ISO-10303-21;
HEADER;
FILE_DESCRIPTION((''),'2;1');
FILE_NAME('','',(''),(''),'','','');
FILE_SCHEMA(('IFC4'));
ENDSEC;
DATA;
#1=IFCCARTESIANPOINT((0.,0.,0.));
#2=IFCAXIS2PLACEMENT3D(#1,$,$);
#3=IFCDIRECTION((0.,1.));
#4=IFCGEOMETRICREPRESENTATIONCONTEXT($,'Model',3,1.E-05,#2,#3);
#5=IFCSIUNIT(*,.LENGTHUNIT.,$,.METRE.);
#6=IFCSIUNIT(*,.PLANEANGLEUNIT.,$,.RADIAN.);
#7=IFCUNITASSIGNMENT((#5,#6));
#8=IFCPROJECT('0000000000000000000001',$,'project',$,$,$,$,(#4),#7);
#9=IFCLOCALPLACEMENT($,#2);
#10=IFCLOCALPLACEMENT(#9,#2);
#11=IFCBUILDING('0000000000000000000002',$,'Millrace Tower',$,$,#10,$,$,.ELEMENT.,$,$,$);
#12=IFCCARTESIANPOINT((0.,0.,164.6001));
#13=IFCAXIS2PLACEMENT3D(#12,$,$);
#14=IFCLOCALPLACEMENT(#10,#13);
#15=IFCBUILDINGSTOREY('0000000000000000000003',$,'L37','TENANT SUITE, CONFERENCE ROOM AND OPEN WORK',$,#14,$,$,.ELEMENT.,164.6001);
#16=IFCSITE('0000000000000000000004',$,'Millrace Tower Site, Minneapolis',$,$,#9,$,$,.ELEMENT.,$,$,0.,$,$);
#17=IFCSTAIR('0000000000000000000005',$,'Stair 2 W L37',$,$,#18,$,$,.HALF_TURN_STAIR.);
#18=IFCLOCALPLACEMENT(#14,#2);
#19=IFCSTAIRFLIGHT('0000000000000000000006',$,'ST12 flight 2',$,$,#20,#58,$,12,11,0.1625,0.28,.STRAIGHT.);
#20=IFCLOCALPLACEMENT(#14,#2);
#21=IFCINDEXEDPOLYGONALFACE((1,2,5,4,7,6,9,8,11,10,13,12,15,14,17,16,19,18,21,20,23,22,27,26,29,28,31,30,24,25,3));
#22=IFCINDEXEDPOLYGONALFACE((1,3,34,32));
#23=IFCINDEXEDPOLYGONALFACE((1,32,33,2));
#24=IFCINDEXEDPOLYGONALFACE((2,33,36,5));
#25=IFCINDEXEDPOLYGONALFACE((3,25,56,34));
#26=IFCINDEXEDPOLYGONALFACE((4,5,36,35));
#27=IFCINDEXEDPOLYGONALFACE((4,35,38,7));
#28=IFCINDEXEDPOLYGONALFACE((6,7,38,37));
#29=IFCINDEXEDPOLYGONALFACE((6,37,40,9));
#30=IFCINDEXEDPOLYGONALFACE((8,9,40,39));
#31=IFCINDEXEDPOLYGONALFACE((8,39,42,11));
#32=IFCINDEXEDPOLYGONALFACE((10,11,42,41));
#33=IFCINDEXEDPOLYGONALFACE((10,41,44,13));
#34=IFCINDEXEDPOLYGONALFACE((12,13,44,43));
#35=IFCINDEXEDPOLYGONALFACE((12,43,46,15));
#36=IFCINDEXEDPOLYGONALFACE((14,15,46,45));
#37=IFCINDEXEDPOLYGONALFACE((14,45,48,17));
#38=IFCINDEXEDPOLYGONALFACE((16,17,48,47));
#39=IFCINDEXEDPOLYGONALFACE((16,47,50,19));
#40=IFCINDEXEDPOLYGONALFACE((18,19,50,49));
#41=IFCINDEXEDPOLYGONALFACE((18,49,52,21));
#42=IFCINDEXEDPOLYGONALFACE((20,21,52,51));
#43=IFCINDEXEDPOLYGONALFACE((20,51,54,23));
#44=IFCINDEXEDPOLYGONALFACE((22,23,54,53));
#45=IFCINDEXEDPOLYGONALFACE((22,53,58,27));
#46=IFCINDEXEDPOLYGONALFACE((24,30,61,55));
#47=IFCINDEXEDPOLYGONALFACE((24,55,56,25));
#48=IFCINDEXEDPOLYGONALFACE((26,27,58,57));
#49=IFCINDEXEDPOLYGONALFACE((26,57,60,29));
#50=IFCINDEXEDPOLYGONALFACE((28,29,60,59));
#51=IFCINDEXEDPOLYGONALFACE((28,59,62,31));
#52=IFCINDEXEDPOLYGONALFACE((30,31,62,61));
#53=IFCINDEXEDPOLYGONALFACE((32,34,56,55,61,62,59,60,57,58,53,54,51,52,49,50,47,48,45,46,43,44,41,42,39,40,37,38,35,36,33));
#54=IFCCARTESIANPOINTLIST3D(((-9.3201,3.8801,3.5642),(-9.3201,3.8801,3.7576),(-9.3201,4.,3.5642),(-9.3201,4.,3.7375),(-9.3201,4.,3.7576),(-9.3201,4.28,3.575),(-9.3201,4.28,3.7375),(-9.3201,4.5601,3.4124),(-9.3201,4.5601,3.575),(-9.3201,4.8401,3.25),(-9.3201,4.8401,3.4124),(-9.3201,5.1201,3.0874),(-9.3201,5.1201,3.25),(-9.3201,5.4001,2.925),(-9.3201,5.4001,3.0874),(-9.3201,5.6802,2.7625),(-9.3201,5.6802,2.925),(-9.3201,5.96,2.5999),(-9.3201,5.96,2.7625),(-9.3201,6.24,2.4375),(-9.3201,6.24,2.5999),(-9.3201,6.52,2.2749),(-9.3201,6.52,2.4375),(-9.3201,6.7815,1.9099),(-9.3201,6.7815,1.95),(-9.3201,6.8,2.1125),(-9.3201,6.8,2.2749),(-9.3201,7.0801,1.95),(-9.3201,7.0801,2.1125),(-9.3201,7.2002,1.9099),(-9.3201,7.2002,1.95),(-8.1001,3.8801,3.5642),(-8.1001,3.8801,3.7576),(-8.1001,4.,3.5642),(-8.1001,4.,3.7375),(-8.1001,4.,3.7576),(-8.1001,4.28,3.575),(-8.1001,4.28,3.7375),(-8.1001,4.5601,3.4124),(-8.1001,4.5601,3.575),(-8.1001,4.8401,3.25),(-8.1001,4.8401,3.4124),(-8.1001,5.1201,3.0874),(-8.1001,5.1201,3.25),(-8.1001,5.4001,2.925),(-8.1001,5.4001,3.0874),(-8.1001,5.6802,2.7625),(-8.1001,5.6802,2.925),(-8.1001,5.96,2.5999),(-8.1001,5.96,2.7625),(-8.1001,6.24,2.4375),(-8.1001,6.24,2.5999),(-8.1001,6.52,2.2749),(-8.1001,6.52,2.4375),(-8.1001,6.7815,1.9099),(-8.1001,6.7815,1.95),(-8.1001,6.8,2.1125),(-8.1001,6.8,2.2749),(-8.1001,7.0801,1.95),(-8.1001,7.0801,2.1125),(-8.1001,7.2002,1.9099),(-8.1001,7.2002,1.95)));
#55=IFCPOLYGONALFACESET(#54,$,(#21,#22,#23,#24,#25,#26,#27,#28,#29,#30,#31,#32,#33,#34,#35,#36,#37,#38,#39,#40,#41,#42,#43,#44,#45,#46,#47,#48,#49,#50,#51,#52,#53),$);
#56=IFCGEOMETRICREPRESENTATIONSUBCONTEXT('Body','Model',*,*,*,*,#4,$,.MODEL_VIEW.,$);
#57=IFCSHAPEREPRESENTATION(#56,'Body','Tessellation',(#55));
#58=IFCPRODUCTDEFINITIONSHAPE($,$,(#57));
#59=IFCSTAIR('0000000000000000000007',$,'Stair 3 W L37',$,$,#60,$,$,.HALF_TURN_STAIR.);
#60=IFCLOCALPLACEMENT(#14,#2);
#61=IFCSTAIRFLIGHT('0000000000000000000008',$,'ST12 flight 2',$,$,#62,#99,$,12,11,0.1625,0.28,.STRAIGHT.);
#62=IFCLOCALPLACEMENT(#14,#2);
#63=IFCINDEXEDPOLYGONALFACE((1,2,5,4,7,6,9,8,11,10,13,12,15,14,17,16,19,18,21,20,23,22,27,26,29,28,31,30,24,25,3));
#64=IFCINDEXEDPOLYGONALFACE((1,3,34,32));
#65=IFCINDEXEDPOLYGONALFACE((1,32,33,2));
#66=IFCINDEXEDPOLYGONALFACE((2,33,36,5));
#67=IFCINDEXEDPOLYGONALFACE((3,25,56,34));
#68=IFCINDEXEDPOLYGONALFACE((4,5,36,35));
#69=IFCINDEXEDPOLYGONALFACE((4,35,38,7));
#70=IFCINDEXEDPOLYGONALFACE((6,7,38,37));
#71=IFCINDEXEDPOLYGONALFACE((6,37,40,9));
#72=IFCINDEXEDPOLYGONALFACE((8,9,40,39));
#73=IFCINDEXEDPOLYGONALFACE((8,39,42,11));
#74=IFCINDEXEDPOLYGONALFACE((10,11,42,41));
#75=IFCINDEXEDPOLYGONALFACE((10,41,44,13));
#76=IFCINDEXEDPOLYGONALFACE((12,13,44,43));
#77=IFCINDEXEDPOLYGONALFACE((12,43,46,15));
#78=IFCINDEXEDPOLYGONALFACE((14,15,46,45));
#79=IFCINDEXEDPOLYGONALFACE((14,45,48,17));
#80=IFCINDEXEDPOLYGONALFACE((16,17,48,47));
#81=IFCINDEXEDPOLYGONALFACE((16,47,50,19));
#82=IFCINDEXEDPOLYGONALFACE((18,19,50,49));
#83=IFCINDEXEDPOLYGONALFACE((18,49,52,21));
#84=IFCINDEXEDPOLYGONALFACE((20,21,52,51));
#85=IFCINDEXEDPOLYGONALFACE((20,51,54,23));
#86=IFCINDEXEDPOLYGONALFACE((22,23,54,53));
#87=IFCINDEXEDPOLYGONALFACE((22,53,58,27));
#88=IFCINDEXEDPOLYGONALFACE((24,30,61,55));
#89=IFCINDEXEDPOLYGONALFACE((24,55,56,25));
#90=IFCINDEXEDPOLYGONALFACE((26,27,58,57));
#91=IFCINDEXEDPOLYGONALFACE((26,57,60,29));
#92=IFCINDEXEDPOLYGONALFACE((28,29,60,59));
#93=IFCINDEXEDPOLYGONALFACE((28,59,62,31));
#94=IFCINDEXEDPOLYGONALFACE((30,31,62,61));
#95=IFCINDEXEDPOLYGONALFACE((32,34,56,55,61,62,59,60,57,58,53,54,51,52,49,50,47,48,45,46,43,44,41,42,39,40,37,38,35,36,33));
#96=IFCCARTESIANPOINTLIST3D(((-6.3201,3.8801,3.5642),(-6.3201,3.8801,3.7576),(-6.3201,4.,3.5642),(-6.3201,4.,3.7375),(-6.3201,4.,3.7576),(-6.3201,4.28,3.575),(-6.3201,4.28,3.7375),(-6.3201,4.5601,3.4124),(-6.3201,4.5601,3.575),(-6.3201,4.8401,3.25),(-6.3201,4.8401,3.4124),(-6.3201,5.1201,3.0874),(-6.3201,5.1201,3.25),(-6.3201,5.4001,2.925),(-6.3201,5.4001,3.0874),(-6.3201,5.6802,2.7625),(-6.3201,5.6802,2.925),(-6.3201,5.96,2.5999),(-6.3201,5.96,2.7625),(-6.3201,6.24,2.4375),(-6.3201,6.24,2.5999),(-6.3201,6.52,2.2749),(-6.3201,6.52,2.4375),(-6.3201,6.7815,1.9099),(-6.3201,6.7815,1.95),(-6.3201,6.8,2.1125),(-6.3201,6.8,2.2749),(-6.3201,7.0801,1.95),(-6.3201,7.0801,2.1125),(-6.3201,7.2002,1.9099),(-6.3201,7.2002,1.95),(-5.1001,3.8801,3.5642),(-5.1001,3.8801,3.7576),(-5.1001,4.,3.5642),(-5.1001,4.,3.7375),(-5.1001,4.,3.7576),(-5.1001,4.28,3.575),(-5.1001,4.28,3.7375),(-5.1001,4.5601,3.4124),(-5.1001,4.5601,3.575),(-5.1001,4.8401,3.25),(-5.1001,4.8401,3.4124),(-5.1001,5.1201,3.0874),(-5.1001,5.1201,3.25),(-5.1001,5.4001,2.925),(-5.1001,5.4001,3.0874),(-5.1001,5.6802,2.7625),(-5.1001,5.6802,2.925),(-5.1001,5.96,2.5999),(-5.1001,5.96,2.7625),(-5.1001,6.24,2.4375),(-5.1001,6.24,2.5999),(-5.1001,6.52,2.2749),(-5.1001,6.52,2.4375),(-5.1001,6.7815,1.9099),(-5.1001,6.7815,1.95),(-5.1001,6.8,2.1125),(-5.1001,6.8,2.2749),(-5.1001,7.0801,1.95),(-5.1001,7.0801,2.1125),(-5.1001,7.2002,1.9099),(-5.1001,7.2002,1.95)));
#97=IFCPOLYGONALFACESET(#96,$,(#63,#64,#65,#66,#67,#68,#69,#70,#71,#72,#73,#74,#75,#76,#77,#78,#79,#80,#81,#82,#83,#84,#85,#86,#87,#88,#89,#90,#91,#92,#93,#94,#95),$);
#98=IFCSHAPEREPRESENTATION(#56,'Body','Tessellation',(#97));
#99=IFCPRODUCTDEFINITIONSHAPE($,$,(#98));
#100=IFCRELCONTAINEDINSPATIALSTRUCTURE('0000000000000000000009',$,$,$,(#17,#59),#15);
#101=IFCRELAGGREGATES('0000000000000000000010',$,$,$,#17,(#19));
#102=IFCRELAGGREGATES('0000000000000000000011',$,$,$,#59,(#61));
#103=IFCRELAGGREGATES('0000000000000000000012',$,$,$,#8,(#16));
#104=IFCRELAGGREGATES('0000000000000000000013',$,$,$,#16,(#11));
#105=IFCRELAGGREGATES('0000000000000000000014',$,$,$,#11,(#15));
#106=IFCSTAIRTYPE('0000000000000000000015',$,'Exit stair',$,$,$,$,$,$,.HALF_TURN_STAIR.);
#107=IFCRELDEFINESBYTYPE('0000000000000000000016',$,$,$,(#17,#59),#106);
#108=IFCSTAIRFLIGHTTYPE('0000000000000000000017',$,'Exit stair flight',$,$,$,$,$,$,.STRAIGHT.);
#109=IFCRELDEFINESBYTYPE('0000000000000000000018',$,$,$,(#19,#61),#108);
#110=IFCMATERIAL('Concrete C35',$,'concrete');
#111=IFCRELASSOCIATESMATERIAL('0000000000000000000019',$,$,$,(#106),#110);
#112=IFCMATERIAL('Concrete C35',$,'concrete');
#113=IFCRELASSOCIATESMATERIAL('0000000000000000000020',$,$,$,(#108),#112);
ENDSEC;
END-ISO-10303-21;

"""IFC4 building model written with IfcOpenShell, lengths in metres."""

from ifc_helpers import new_model, si_unit, direction, frame, origin, place, context, subcontext, project, spatial, polyline, outline, extrude, material, type_object, element, aggregate, save


model = new_model("IFC4")

# Units and contexts
model_context = context("Model", 3, precision=1e-05, world=origin(), true_north=direction((0.0, 1.0)))
body_context = subcontext(model_context, "Body", "Model", "MODEL_VIEW")
ifc_project = project(units=[si_unit("LENGTHUNIT", "METRE"), si_unit("PLANEANGLEUNIT", "RADIAN")], contexts=[model_context])

# Site, building, storey
site_placement = place(None, origin())
site = spatial("IfcSite", under=ifc_project, at=site_placement, Name="Millrace Tower Site, Minneapolis", CompositionType="ELEMENT", RefElevation=0.0)
building_placement = place(site_placement, origin())
building = spatial("IfcBuilding", under=site, at=building_placement, Name="Millrace Tower", CompositionType="ELEMENT")
storey_placement = place(building_placement, frame((0.0, 0.0, 164.6001)))
storey = spatial("IfcBuildingStorey", under=building, at=storey_placement, Name="L37", Description="TENANT SUITE, CONFERENCE ROOM AND OPEN WORK", CompositionType="ELEMENT", Elevation=164.6001)

# Shared definitions
placement = place(storey_placement, origin())

# Stairs, stair flights
ifc_material_1 = material(Name="Concrete C35", Category="concrete")
stair_type = type_object("IfcStairType", Name="Exit stair", PredefinedType="HALF_TURN_STAIR", material=ifc_material_1)
ifc_material_2 = material(Name="Concrete C35", Category="concrete")
stair_flight_type = type_object("IfcStairFlightType", Name="Exit stair flight", PredefinedType="STRAIGHT", material=ifc_material_2)
stair_1 = element("IfcStair", 1, at=placement, inside=storey, type_object=stair_type, Name="Stair 2 W L37", PredefinedType="HALF_TURN_STAIR")
stair_flight_1_placement = place(storey_placement, frame((-8.71, 7.0801, 1.95), z_axis=(0.0, 0.0, 1.0), x_axis=(0.0, -1.0, 0.0)))
stair_flight_1 = element("IfcStairFlight", 2, at=stair_flight_1_placement, type_object=stair_flight_type, Name="ST12 flight 2", NumberOfRisers=12, NumberOfTreads=11, PredefinedType="STRAIGHT", RiserHeight=0.1625, TreadLength=0.28, context=body_context, shape_type="SweptSolid", body=[
    extrude(outline(polyline([(-0.1201, -0.04), (-0.1201, 0.0), (0.0, 0.0), (0.0, 0.1626), (0.28, 0.1626), (0.28, 0.325), (0.5601, 0.325), (0.5601, 0.4875), (0.8401, 0.4875), (0.8401, 0.6499), (1.1201, 0.6499), (1.1201, 0.8125), (1.3999, 0.8125), (1.3999, 0.9751), (1.6799, 0.9751), (1.6799, 1.1375), (1.96, 1.1375), (1.96, 1.3), (2.24, 1.3), (2.24, 1.4624), (2.52, 1.4624), (2.52, 1.625), (2.8, 1.625), (2.8, 1.7876), (3.0801, 1.7876), (3.0801, 1.8076), (3.2, 1.8076), (3.2, 1.6143), (3.0801, 1.6143), (0.2986, 0.0), (0.2986, -0.04), (-0.1201, -0.04)])), frame((0.0, 0.6099, 0.0), z_axis=(0.0, -1.0, 0.0), x_axis=(1.0, 0.0, 0.0)), (0.0, 0.0, 1.0), 1.22),
])
aggregate(stair_1, [stair_flight_1])
stair_2 = element("IfcStair", 3, at=placement, inside=storey, type_object=stair_type, Name="Stair 3 W L37", PredefinedType="HALF_TURN_STAIR")
stair_flight_2_placement = place(storey_placement, frame((-5.71, 7.0801, 1.95), z_axis=(0.0, 0.0, 1.0), x_axis=(0.0, -1.0, 0.0)))
stair_flight_2 = element("IfcStairFlight", 4, at=stair_flight_2_placement, type_object=stair_flight_type, Name="ST12 flight 2", NumberOfRisers=12, NumberOfTreads=11, PredefinedType="STRAIGHT", RiserHeight=0.1625, TreadLength=0.28, context=body_context, shape_type="SweptSolid", body=[
    extrude(outline(polyline([(-0.1201, -0.04), (-0.1201, 0.0), (0.0, 0.0), (0.0, 0.1626), (0.28, 0.1626), (0.28, 0.325), (0.5601, 0.325), (0.5601, 0.4875), (0.8401, 0.4875), (0.8401, 0.6499), (1.1201, 0.6499), (1.1201, 0.8125), (1.3999, 0.8125), (1.3999, 0.9751), (1.6799, 0.9751), (1.6799, 1.1375), (1.96, 1.1375), (1.96, 1.3), (2.24, 1.3), (2.24, 1.4624), (2.52, 1.4624), (2.52, 1.625), (2.8, 1.625), (2.8, 1.7876), (3.0801, 1.7876), (3.0801, 1.8076), (3.2, 1.8076), (3.2, 1.6143), (3.0801, 1.6143), (0.2986, 0.0), (0.2986, -0.04), (-0.1201, -0.04)])), frame((0.0, 0.6099, 0.0), z_axis=(0.0, -1.0, 0.0), x_axis=(1.0, 0.0, 0.0)), (0.0, 0.0, 1.0), 1.22),
])
aggregate(stair_2, [stair_flight_2])

save(model, "model.ifc")
